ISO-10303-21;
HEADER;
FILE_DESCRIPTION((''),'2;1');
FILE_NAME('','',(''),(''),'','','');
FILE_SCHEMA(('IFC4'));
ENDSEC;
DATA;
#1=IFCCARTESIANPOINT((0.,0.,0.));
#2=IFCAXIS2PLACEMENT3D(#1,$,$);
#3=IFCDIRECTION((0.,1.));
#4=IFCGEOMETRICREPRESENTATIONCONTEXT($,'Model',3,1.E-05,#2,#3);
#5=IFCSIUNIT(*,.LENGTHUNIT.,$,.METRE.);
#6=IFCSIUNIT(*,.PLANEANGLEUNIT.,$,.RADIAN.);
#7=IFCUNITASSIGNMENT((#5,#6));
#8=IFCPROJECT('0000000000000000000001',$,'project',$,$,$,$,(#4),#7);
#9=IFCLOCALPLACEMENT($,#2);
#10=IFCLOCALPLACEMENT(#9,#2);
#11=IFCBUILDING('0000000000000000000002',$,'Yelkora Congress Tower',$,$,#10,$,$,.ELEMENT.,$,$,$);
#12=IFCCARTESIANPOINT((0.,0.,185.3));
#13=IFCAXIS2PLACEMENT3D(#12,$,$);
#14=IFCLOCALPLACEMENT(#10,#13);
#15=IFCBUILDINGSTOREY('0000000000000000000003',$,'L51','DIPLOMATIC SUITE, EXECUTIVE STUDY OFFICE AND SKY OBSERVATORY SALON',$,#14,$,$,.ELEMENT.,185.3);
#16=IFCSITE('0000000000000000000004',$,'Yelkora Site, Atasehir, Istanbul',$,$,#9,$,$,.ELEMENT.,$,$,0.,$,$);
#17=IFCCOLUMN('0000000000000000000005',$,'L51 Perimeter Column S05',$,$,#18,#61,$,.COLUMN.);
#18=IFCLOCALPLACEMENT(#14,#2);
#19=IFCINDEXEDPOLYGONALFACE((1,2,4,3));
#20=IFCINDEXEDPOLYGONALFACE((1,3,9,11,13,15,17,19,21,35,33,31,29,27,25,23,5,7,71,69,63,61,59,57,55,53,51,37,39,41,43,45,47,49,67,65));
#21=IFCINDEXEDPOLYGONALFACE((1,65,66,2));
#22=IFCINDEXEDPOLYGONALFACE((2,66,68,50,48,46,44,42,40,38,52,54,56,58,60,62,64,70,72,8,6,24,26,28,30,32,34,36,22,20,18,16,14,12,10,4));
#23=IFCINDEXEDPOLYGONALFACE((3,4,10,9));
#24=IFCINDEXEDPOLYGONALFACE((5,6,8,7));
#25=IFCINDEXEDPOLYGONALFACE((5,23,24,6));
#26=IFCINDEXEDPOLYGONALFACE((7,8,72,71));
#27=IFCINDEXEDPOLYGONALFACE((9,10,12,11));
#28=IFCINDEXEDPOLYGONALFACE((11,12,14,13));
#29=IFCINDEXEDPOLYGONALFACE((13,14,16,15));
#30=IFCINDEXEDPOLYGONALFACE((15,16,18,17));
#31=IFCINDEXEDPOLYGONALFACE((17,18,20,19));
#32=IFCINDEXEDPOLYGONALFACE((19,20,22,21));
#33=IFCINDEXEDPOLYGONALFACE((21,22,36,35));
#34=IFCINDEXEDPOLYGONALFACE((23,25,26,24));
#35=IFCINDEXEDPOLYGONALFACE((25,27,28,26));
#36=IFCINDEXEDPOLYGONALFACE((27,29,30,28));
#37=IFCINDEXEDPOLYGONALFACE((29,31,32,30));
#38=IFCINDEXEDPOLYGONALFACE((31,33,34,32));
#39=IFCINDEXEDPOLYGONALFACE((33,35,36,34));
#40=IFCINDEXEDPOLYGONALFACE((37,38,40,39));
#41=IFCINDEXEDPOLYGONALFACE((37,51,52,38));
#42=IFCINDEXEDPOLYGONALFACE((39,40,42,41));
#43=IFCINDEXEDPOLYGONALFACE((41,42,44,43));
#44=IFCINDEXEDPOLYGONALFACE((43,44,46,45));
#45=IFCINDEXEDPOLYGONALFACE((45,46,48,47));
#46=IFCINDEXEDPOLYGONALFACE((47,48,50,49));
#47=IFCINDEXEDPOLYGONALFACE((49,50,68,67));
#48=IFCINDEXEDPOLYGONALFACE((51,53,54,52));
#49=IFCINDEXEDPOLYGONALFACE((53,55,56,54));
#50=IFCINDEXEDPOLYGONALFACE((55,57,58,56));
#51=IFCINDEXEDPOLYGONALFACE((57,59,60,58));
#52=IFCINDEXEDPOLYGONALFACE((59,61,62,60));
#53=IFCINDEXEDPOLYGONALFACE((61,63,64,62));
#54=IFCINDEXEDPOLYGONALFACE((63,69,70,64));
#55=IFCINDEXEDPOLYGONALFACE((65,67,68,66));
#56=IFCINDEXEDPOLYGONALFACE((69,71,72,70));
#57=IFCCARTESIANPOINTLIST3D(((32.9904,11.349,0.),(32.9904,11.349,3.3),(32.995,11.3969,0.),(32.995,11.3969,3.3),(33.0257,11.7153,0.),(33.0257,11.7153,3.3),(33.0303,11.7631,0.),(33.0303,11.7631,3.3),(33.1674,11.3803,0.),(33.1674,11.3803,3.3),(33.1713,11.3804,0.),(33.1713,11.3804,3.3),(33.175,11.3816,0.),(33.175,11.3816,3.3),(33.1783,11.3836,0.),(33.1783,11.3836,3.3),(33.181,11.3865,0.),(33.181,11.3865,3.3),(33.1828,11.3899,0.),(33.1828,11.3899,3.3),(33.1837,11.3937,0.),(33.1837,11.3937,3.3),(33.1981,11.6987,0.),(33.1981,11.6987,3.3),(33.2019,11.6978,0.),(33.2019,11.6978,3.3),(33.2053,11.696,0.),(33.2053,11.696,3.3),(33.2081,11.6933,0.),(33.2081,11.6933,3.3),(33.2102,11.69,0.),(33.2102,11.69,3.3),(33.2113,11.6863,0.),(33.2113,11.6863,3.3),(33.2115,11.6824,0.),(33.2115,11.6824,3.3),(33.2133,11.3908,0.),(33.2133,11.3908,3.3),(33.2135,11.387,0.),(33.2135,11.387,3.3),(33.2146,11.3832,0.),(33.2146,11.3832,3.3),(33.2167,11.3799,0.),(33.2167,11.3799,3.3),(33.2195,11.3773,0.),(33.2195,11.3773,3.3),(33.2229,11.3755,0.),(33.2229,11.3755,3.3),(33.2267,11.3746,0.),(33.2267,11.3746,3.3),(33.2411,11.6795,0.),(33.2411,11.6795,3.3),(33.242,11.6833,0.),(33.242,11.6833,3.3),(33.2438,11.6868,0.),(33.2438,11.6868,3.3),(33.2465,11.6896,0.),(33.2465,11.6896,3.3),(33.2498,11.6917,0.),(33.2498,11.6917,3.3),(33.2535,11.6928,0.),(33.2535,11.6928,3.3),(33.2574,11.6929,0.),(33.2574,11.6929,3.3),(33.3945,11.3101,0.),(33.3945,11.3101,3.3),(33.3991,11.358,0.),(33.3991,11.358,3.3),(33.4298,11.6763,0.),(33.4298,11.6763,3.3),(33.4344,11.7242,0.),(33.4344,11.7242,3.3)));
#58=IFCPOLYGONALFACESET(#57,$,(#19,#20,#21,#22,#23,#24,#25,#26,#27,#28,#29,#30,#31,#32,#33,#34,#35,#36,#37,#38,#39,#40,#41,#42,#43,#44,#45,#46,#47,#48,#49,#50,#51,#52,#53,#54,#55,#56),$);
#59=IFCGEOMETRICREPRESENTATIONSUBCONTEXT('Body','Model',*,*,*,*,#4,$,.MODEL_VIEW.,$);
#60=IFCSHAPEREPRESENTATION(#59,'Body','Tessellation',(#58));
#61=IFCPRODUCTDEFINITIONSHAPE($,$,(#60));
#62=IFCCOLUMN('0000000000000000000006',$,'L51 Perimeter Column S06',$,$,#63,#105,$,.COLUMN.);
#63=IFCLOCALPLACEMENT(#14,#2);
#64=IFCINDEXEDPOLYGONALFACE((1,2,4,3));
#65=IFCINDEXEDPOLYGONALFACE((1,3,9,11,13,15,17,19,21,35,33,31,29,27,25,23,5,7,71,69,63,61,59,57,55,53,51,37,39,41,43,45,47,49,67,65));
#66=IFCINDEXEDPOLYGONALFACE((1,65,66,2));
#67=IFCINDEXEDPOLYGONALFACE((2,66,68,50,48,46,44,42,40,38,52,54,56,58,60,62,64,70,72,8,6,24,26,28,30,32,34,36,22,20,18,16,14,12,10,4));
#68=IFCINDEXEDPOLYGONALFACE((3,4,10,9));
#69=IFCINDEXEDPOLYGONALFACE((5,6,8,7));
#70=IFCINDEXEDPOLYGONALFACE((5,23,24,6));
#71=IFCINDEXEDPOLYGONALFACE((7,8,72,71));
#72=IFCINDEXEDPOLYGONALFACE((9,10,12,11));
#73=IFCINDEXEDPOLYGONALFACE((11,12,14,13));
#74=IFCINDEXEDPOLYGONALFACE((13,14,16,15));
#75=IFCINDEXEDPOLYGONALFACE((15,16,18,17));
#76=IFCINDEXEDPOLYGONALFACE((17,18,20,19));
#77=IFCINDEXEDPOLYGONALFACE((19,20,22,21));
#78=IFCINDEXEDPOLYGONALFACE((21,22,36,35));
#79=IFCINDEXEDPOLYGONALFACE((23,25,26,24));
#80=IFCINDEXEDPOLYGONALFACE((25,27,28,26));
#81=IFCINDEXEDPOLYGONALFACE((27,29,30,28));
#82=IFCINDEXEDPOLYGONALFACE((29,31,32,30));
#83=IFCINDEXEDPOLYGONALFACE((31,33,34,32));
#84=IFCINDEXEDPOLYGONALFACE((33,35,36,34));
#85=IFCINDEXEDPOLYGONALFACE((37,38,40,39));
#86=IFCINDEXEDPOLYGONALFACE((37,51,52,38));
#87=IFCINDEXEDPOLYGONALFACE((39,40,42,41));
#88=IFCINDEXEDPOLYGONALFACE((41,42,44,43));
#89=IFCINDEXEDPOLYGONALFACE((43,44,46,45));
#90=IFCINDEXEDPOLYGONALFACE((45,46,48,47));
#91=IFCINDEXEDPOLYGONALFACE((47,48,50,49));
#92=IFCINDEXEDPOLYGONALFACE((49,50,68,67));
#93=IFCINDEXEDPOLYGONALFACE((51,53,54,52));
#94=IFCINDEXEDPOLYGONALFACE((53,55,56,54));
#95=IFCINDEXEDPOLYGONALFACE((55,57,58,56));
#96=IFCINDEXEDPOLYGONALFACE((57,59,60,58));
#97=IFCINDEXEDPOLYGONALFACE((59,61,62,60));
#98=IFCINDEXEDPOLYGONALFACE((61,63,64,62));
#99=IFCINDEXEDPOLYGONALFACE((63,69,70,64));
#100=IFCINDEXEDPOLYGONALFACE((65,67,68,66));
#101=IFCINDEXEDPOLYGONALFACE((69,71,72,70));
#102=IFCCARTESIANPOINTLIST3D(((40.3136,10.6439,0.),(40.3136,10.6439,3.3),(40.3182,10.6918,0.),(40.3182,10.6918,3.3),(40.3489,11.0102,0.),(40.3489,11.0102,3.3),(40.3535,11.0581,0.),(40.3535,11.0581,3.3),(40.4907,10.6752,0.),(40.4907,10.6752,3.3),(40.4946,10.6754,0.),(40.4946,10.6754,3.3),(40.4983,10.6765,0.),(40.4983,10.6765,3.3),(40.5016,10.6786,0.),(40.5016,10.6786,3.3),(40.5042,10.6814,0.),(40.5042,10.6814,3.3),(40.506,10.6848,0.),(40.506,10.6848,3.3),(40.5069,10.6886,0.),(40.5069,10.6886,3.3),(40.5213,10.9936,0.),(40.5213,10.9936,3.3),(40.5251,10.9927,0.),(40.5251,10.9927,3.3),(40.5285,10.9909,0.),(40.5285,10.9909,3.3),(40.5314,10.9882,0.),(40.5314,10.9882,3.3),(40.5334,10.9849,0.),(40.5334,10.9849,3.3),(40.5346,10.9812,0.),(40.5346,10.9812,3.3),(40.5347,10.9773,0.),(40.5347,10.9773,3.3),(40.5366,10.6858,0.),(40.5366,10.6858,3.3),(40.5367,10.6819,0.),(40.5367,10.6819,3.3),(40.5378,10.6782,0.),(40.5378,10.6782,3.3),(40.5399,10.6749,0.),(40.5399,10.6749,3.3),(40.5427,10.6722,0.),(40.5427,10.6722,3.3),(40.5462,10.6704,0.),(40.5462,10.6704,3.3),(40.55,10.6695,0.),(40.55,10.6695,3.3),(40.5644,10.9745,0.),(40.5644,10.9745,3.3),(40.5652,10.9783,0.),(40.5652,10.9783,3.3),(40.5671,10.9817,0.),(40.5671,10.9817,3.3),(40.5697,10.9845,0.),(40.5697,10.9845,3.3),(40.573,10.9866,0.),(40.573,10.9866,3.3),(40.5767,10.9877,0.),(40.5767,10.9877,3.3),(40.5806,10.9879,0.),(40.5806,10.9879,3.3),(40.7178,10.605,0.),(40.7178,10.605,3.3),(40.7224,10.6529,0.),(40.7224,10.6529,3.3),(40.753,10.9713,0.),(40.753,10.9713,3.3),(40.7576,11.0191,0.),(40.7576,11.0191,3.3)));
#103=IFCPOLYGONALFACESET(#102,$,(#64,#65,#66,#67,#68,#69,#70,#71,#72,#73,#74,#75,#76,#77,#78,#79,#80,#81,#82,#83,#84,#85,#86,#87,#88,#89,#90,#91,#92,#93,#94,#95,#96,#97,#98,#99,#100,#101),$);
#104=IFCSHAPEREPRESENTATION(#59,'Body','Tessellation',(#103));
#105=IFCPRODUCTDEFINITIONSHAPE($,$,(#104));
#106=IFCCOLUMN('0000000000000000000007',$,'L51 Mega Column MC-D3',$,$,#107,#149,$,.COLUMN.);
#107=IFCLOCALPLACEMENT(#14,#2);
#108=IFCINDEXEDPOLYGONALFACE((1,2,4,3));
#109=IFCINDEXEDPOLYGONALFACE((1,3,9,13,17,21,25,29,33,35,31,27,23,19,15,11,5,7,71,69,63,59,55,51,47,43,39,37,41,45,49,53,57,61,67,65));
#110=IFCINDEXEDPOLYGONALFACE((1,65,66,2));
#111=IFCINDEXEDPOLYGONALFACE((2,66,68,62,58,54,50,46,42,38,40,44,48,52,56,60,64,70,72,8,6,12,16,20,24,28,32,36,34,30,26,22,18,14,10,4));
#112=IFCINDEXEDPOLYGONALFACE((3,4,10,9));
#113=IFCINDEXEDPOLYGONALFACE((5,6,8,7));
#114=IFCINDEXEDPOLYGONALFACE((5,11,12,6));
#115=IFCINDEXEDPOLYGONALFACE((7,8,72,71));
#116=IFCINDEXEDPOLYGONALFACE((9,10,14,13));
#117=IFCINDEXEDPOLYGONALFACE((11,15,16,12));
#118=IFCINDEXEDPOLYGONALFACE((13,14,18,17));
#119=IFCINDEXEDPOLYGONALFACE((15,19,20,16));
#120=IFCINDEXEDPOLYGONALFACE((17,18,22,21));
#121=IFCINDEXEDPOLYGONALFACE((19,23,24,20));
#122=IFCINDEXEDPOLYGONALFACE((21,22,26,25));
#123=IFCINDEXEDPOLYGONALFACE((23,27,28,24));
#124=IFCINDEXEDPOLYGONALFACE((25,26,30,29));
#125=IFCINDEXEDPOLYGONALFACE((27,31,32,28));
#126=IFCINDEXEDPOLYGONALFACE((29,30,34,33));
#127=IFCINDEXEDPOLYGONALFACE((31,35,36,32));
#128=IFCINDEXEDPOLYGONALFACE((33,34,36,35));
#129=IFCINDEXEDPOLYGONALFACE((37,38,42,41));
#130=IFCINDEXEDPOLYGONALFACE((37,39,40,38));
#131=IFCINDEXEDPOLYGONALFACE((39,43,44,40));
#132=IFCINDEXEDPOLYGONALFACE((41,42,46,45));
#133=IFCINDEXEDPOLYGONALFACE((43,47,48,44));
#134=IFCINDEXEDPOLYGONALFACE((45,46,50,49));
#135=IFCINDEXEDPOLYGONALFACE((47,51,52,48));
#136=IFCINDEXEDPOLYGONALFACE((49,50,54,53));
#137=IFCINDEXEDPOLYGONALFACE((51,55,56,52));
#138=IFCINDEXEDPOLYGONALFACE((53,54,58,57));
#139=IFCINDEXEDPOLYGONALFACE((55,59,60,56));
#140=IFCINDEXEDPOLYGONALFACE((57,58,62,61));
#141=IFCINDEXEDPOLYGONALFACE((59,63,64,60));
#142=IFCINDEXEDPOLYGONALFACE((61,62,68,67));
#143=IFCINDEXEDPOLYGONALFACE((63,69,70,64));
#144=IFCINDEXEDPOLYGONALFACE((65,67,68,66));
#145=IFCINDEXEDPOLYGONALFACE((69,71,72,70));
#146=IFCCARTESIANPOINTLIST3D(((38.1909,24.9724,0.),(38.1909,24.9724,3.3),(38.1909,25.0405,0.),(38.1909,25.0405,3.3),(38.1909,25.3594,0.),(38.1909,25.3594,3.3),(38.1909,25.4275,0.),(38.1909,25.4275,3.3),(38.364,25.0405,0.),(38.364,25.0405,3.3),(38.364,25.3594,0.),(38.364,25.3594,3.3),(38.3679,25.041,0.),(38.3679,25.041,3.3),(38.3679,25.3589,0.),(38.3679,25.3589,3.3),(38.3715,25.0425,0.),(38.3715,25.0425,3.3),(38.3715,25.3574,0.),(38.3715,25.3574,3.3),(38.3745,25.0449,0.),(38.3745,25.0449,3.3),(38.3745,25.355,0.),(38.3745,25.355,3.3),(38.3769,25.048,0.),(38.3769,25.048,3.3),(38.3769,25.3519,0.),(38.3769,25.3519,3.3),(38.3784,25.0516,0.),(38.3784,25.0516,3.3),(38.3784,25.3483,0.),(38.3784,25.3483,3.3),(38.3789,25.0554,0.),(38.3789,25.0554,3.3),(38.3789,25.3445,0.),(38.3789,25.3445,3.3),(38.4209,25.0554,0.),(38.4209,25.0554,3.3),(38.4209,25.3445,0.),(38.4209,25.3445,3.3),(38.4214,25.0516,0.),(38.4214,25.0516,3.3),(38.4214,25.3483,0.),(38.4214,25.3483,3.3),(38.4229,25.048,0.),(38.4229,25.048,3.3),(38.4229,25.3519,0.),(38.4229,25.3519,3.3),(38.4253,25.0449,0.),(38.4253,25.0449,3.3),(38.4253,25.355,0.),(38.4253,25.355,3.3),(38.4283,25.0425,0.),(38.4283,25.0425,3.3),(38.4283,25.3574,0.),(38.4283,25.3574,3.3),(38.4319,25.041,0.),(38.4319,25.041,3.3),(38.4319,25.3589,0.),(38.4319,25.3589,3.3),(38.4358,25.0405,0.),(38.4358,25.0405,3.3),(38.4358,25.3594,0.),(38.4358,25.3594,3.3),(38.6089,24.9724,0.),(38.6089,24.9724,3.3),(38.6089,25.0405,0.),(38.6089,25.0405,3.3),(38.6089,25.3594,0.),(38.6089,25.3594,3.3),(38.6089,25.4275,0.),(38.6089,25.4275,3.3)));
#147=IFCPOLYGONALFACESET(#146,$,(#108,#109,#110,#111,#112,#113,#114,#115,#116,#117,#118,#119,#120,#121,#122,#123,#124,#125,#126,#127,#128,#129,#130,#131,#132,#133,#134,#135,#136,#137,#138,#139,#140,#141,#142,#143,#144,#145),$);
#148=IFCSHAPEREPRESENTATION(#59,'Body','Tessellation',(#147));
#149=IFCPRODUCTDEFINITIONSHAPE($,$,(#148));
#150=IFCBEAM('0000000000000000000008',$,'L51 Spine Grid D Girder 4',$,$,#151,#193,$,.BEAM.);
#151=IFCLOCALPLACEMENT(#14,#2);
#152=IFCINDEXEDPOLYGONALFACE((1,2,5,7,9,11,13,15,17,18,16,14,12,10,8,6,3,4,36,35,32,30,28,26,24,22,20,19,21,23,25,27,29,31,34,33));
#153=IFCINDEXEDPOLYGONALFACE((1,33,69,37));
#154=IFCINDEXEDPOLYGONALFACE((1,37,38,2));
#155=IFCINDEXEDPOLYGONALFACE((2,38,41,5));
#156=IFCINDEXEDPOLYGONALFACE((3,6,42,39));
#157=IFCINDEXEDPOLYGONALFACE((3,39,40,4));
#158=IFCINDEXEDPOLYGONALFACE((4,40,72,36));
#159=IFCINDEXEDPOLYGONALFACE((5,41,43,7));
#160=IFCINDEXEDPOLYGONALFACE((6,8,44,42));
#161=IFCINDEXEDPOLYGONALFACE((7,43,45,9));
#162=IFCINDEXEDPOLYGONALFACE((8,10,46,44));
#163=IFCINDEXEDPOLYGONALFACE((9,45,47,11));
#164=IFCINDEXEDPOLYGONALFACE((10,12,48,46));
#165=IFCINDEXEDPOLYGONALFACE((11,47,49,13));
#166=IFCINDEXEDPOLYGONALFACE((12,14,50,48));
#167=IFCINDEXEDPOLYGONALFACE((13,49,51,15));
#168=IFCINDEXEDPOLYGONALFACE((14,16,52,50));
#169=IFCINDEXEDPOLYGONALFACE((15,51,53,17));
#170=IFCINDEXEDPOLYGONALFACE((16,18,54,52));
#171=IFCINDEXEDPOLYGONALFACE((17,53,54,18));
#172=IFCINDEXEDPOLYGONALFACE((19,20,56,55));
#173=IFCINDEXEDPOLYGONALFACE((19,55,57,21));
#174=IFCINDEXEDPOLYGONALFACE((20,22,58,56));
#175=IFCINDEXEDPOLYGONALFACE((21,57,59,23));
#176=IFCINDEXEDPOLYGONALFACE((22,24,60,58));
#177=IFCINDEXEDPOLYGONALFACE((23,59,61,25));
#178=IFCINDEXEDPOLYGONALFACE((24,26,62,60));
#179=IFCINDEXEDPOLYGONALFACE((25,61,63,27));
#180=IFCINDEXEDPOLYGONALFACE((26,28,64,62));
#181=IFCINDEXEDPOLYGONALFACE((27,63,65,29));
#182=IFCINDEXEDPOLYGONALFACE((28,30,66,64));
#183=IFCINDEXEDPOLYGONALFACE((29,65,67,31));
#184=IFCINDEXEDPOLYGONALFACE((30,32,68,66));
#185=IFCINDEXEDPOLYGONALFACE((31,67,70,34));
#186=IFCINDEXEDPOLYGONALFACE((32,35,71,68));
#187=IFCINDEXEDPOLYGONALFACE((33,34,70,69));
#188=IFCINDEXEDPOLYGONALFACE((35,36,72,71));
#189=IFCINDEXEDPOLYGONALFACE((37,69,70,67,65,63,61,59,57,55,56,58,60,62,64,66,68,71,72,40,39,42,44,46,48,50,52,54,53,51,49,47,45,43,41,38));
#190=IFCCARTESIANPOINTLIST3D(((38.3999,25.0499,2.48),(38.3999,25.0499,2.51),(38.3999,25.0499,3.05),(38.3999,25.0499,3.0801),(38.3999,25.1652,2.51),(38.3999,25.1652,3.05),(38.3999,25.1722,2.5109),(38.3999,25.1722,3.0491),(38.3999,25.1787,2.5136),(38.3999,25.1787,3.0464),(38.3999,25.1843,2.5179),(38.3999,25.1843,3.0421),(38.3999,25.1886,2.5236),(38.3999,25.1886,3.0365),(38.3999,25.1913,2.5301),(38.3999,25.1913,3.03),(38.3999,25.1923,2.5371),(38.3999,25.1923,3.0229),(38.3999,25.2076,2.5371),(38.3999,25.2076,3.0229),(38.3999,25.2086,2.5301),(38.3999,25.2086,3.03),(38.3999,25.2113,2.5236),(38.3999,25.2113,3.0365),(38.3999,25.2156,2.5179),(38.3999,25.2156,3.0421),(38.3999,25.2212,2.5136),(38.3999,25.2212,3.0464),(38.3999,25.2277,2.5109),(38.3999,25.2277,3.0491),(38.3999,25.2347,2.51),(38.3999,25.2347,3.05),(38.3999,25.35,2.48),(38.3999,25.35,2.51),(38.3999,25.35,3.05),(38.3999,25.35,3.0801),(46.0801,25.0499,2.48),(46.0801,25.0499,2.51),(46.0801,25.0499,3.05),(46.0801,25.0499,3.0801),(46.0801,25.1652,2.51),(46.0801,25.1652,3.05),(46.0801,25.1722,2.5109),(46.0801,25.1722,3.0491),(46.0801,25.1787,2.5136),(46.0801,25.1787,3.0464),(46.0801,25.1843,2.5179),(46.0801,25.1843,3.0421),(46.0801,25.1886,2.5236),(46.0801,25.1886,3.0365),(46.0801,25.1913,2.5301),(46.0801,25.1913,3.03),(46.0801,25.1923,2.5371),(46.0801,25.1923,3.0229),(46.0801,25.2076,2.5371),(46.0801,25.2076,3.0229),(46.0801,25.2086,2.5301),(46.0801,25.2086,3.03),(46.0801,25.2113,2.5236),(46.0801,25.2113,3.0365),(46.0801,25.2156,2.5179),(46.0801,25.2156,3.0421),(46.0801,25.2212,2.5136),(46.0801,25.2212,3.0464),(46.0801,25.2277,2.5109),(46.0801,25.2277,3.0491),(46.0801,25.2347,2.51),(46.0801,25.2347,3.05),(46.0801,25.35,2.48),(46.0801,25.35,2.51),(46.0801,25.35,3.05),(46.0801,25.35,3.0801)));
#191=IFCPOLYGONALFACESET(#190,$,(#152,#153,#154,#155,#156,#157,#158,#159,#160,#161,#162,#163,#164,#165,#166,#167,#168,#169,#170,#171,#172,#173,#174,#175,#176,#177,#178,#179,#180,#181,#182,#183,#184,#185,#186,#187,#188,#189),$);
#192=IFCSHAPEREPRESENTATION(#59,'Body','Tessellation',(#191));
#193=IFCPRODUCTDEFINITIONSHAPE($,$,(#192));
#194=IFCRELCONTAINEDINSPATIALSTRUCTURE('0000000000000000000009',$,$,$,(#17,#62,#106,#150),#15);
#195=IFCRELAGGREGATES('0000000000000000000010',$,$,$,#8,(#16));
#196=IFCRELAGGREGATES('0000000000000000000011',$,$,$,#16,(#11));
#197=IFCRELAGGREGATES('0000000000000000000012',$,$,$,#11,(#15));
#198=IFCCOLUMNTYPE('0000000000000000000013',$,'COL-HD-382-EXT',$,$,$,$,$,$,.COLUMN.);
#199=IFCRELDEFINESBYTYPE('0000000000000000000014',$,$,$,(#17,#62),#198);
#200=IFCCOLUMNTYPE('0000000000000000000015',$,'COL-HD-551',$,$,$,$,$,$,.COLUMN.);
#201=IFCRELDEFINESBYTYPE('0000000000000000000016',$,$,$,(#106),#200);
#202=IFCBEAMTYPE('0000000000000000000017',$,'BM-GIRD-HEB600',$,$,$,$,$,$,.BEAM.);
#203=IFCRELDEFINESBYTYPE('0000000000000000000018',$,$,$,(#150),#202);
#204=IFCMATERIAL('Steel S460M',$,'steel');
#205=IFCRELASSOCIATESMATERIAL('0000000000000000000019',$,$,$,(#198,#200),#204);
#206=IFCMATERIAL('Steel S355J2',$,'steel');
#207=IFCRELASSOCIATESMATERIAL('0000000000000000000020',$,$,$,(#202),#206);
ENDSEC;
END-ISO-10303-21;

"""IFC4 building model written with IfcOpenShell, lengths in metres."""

from ifc_helpers import new_model, si_unit, direction, frame, origin, origin_2d, place, context, subcontext, project, spatial, i_section, extrude, material, material_profile, profile_set, type_object, element, save


model = new_model("IFC4")

# Units and contexts
model_context = context("Model", 3, precision=1e-05, world=origin(), true_north=direction((0.0, 1.0)))
body_context = subcontext(model_context, "Body", "Model", "MODEL_VIEW")
ifc_project = project(units=[si_unit("LENGTHUNIT", "METRE"), si_unit("PLANEANGLEUNIT", "RADIAN")], contexts=[model_context])

# Site, building, storey
site_placement = place(None, origin())
site = spatial("IfcSite", under=ifc_project, at=site_placement, Name="Yelkora Site, Atasehir, Istanbul", CompositionType="ELEMENT", RefElevation=0.0)
building_placement = place(site_placement, origin())
building = spatial("IfcBuilding", under=site, at=building_placement, Name="Yelkora Congress Tower", CompositionType="ELEMENT")
storey_placement = place(building_placement, frame((0.0, 0.0, 185.3)))
storey = spatial("IfcBuildingStorey", under=building, at=storey_placement, Name="L51", Description="DIPLOMATIC SUITE, EXECUTIVE STUDY OFFICE AND SKY OBSERVATORY SALON", CompositionType="ELEMENT", Elevation=185.3)

# Columns
ifc_material_1 = material(Name="Steel S460M", Category="steel")
ifc_material_profile_1 = material_profile(ifc_material_1, i_section(OverallWidth=0.406, OverallDepth=0.416, WebThickness=0.0298, FlangeThickness=0.0481, FilletRadius=0.0149, at=origin_2d()), Name="HD 400x382")
ifc_profile_set_1 = profile_set([ifc_material_profile_1], Name="Steel S460M")
column_type_1 = type_object("IfcColumnType", Name="COL-HD-382-EXT", PredefinedType="COLUMN", material=ifc_profile_set_1)
for number, where, z_axis, x_axis, name in (
    (1, (33.2124, 11.5366, 0.0), (0.0, 0.0, 1.0), (0.995396, -0.095846, 0.0), "L51 Perimeter Column S05"),
    (2, (40.5356, 10.8315, 0.0), (0.0, 0.0, 1.0), (0.995396, -0.095846, 0.0), "L51 Perimeter Column S06"),
):
    element("IfcColumn", number, at=place(storey_placement, frame(where, z_axis=z_axis, x_axis=x_axis)), inside=storey, type_object=column_type_1, Name=name, PredefinedType="COLUMN", context=body_context, shape_type="SweptSolid", body=[
        extrude(i_section(OverallWidth=0.406, OverallDepth=0.416, WebThickness=0.0298, FlangeThickness=0.0481, FilletRadius=0.0149, at=origin_2d()), origin(), (0.0, 0.0, 1.0), 3.3),
    ])
ifc_material_profile_2 = material_profile(ifc_material_1, i_section(OverallWidth=0.418, OverallDepth=0.4551, WebThickness=0.042, FlangeThickness=0.0681, FilletRadius=0.0149, at=origin_2d()), Name="HD 400x551")
ifc_profile_set_2 = profile_set([ifc_material_profile_2], Name="Steel S460M")
column_type_2 = type_object("IfcColumnType", Name="COL-HD-551", PredefinedType="COLUMN", material=ifc_profile_set_2)
column_placement = place(storey_placement, frame((38.3999, 25.2, 0.0), z_axis=(0.0, 0.0, 1.0), x_axis=(1.0, 0.0, 0.0)))
element("IfcColumn", 3, at=column_placement, inside=storey, type_object=column_type_2, Name="L51 Mega Column MC-D3", PredefinedType="COLUMN", context=body_context, shape_type="SweptSolid", body=[
    extrude(i_section(OverallWidth=0.418, OverallDepth=0.4551, WebThickness=0.042, FlangeThickness=0.0681, FilletRadius=0.0149, at=origin_2d()), origin(), (0.0, 0.0, 1.0), 3.3),
])

# Beam
ifc_material_2 = material(Name="Steel S355J2", Category="steel")
ifc_material_profile_3 = material_profile(ifc_material_2, i_section(OverallWidth=0.3, OverallDepth=0.6001, WebThickness=0.0154, FlangeThickness=0.03, FilletRadius=0.0271, at=origin_2d()), Name="HEB 600")
ifc_profile_set_3 = profile_set([ifc_material_profile_3], Name="Steel S355J2")
beam_type_1 = type_object("IfcBeamType", Name="BM-GIRD-HEB600", PredefinedType="BEAM", material=ifc_profile_set_3)
beam_1_placement = place(storey_placement, frame((38.3999, 25.2, 2.78), z_axis=(1.0, 0.0, 0.0), x_axis=(0.0, 1.0, 0.0)))
element("IfcBeam", 4, at=beam_1_placement, inside=storey, type_object=beam_type_1, Name="L51 Spine Grid D Girder 4", PredefinedType="BEAM", context=body_context, shape_type="SweptSolid", body=[
    extrude(i_section(OverallWidth=0.3, OverallDepth=0.6001, WebThickness=0.0154, FlangeThickness=0.03, FilletRadius=0.0271, at=origin_2d()), origin(), (0.0, 0.0, 1.0), 7.6802),
])

save(model, "model.ifc")
